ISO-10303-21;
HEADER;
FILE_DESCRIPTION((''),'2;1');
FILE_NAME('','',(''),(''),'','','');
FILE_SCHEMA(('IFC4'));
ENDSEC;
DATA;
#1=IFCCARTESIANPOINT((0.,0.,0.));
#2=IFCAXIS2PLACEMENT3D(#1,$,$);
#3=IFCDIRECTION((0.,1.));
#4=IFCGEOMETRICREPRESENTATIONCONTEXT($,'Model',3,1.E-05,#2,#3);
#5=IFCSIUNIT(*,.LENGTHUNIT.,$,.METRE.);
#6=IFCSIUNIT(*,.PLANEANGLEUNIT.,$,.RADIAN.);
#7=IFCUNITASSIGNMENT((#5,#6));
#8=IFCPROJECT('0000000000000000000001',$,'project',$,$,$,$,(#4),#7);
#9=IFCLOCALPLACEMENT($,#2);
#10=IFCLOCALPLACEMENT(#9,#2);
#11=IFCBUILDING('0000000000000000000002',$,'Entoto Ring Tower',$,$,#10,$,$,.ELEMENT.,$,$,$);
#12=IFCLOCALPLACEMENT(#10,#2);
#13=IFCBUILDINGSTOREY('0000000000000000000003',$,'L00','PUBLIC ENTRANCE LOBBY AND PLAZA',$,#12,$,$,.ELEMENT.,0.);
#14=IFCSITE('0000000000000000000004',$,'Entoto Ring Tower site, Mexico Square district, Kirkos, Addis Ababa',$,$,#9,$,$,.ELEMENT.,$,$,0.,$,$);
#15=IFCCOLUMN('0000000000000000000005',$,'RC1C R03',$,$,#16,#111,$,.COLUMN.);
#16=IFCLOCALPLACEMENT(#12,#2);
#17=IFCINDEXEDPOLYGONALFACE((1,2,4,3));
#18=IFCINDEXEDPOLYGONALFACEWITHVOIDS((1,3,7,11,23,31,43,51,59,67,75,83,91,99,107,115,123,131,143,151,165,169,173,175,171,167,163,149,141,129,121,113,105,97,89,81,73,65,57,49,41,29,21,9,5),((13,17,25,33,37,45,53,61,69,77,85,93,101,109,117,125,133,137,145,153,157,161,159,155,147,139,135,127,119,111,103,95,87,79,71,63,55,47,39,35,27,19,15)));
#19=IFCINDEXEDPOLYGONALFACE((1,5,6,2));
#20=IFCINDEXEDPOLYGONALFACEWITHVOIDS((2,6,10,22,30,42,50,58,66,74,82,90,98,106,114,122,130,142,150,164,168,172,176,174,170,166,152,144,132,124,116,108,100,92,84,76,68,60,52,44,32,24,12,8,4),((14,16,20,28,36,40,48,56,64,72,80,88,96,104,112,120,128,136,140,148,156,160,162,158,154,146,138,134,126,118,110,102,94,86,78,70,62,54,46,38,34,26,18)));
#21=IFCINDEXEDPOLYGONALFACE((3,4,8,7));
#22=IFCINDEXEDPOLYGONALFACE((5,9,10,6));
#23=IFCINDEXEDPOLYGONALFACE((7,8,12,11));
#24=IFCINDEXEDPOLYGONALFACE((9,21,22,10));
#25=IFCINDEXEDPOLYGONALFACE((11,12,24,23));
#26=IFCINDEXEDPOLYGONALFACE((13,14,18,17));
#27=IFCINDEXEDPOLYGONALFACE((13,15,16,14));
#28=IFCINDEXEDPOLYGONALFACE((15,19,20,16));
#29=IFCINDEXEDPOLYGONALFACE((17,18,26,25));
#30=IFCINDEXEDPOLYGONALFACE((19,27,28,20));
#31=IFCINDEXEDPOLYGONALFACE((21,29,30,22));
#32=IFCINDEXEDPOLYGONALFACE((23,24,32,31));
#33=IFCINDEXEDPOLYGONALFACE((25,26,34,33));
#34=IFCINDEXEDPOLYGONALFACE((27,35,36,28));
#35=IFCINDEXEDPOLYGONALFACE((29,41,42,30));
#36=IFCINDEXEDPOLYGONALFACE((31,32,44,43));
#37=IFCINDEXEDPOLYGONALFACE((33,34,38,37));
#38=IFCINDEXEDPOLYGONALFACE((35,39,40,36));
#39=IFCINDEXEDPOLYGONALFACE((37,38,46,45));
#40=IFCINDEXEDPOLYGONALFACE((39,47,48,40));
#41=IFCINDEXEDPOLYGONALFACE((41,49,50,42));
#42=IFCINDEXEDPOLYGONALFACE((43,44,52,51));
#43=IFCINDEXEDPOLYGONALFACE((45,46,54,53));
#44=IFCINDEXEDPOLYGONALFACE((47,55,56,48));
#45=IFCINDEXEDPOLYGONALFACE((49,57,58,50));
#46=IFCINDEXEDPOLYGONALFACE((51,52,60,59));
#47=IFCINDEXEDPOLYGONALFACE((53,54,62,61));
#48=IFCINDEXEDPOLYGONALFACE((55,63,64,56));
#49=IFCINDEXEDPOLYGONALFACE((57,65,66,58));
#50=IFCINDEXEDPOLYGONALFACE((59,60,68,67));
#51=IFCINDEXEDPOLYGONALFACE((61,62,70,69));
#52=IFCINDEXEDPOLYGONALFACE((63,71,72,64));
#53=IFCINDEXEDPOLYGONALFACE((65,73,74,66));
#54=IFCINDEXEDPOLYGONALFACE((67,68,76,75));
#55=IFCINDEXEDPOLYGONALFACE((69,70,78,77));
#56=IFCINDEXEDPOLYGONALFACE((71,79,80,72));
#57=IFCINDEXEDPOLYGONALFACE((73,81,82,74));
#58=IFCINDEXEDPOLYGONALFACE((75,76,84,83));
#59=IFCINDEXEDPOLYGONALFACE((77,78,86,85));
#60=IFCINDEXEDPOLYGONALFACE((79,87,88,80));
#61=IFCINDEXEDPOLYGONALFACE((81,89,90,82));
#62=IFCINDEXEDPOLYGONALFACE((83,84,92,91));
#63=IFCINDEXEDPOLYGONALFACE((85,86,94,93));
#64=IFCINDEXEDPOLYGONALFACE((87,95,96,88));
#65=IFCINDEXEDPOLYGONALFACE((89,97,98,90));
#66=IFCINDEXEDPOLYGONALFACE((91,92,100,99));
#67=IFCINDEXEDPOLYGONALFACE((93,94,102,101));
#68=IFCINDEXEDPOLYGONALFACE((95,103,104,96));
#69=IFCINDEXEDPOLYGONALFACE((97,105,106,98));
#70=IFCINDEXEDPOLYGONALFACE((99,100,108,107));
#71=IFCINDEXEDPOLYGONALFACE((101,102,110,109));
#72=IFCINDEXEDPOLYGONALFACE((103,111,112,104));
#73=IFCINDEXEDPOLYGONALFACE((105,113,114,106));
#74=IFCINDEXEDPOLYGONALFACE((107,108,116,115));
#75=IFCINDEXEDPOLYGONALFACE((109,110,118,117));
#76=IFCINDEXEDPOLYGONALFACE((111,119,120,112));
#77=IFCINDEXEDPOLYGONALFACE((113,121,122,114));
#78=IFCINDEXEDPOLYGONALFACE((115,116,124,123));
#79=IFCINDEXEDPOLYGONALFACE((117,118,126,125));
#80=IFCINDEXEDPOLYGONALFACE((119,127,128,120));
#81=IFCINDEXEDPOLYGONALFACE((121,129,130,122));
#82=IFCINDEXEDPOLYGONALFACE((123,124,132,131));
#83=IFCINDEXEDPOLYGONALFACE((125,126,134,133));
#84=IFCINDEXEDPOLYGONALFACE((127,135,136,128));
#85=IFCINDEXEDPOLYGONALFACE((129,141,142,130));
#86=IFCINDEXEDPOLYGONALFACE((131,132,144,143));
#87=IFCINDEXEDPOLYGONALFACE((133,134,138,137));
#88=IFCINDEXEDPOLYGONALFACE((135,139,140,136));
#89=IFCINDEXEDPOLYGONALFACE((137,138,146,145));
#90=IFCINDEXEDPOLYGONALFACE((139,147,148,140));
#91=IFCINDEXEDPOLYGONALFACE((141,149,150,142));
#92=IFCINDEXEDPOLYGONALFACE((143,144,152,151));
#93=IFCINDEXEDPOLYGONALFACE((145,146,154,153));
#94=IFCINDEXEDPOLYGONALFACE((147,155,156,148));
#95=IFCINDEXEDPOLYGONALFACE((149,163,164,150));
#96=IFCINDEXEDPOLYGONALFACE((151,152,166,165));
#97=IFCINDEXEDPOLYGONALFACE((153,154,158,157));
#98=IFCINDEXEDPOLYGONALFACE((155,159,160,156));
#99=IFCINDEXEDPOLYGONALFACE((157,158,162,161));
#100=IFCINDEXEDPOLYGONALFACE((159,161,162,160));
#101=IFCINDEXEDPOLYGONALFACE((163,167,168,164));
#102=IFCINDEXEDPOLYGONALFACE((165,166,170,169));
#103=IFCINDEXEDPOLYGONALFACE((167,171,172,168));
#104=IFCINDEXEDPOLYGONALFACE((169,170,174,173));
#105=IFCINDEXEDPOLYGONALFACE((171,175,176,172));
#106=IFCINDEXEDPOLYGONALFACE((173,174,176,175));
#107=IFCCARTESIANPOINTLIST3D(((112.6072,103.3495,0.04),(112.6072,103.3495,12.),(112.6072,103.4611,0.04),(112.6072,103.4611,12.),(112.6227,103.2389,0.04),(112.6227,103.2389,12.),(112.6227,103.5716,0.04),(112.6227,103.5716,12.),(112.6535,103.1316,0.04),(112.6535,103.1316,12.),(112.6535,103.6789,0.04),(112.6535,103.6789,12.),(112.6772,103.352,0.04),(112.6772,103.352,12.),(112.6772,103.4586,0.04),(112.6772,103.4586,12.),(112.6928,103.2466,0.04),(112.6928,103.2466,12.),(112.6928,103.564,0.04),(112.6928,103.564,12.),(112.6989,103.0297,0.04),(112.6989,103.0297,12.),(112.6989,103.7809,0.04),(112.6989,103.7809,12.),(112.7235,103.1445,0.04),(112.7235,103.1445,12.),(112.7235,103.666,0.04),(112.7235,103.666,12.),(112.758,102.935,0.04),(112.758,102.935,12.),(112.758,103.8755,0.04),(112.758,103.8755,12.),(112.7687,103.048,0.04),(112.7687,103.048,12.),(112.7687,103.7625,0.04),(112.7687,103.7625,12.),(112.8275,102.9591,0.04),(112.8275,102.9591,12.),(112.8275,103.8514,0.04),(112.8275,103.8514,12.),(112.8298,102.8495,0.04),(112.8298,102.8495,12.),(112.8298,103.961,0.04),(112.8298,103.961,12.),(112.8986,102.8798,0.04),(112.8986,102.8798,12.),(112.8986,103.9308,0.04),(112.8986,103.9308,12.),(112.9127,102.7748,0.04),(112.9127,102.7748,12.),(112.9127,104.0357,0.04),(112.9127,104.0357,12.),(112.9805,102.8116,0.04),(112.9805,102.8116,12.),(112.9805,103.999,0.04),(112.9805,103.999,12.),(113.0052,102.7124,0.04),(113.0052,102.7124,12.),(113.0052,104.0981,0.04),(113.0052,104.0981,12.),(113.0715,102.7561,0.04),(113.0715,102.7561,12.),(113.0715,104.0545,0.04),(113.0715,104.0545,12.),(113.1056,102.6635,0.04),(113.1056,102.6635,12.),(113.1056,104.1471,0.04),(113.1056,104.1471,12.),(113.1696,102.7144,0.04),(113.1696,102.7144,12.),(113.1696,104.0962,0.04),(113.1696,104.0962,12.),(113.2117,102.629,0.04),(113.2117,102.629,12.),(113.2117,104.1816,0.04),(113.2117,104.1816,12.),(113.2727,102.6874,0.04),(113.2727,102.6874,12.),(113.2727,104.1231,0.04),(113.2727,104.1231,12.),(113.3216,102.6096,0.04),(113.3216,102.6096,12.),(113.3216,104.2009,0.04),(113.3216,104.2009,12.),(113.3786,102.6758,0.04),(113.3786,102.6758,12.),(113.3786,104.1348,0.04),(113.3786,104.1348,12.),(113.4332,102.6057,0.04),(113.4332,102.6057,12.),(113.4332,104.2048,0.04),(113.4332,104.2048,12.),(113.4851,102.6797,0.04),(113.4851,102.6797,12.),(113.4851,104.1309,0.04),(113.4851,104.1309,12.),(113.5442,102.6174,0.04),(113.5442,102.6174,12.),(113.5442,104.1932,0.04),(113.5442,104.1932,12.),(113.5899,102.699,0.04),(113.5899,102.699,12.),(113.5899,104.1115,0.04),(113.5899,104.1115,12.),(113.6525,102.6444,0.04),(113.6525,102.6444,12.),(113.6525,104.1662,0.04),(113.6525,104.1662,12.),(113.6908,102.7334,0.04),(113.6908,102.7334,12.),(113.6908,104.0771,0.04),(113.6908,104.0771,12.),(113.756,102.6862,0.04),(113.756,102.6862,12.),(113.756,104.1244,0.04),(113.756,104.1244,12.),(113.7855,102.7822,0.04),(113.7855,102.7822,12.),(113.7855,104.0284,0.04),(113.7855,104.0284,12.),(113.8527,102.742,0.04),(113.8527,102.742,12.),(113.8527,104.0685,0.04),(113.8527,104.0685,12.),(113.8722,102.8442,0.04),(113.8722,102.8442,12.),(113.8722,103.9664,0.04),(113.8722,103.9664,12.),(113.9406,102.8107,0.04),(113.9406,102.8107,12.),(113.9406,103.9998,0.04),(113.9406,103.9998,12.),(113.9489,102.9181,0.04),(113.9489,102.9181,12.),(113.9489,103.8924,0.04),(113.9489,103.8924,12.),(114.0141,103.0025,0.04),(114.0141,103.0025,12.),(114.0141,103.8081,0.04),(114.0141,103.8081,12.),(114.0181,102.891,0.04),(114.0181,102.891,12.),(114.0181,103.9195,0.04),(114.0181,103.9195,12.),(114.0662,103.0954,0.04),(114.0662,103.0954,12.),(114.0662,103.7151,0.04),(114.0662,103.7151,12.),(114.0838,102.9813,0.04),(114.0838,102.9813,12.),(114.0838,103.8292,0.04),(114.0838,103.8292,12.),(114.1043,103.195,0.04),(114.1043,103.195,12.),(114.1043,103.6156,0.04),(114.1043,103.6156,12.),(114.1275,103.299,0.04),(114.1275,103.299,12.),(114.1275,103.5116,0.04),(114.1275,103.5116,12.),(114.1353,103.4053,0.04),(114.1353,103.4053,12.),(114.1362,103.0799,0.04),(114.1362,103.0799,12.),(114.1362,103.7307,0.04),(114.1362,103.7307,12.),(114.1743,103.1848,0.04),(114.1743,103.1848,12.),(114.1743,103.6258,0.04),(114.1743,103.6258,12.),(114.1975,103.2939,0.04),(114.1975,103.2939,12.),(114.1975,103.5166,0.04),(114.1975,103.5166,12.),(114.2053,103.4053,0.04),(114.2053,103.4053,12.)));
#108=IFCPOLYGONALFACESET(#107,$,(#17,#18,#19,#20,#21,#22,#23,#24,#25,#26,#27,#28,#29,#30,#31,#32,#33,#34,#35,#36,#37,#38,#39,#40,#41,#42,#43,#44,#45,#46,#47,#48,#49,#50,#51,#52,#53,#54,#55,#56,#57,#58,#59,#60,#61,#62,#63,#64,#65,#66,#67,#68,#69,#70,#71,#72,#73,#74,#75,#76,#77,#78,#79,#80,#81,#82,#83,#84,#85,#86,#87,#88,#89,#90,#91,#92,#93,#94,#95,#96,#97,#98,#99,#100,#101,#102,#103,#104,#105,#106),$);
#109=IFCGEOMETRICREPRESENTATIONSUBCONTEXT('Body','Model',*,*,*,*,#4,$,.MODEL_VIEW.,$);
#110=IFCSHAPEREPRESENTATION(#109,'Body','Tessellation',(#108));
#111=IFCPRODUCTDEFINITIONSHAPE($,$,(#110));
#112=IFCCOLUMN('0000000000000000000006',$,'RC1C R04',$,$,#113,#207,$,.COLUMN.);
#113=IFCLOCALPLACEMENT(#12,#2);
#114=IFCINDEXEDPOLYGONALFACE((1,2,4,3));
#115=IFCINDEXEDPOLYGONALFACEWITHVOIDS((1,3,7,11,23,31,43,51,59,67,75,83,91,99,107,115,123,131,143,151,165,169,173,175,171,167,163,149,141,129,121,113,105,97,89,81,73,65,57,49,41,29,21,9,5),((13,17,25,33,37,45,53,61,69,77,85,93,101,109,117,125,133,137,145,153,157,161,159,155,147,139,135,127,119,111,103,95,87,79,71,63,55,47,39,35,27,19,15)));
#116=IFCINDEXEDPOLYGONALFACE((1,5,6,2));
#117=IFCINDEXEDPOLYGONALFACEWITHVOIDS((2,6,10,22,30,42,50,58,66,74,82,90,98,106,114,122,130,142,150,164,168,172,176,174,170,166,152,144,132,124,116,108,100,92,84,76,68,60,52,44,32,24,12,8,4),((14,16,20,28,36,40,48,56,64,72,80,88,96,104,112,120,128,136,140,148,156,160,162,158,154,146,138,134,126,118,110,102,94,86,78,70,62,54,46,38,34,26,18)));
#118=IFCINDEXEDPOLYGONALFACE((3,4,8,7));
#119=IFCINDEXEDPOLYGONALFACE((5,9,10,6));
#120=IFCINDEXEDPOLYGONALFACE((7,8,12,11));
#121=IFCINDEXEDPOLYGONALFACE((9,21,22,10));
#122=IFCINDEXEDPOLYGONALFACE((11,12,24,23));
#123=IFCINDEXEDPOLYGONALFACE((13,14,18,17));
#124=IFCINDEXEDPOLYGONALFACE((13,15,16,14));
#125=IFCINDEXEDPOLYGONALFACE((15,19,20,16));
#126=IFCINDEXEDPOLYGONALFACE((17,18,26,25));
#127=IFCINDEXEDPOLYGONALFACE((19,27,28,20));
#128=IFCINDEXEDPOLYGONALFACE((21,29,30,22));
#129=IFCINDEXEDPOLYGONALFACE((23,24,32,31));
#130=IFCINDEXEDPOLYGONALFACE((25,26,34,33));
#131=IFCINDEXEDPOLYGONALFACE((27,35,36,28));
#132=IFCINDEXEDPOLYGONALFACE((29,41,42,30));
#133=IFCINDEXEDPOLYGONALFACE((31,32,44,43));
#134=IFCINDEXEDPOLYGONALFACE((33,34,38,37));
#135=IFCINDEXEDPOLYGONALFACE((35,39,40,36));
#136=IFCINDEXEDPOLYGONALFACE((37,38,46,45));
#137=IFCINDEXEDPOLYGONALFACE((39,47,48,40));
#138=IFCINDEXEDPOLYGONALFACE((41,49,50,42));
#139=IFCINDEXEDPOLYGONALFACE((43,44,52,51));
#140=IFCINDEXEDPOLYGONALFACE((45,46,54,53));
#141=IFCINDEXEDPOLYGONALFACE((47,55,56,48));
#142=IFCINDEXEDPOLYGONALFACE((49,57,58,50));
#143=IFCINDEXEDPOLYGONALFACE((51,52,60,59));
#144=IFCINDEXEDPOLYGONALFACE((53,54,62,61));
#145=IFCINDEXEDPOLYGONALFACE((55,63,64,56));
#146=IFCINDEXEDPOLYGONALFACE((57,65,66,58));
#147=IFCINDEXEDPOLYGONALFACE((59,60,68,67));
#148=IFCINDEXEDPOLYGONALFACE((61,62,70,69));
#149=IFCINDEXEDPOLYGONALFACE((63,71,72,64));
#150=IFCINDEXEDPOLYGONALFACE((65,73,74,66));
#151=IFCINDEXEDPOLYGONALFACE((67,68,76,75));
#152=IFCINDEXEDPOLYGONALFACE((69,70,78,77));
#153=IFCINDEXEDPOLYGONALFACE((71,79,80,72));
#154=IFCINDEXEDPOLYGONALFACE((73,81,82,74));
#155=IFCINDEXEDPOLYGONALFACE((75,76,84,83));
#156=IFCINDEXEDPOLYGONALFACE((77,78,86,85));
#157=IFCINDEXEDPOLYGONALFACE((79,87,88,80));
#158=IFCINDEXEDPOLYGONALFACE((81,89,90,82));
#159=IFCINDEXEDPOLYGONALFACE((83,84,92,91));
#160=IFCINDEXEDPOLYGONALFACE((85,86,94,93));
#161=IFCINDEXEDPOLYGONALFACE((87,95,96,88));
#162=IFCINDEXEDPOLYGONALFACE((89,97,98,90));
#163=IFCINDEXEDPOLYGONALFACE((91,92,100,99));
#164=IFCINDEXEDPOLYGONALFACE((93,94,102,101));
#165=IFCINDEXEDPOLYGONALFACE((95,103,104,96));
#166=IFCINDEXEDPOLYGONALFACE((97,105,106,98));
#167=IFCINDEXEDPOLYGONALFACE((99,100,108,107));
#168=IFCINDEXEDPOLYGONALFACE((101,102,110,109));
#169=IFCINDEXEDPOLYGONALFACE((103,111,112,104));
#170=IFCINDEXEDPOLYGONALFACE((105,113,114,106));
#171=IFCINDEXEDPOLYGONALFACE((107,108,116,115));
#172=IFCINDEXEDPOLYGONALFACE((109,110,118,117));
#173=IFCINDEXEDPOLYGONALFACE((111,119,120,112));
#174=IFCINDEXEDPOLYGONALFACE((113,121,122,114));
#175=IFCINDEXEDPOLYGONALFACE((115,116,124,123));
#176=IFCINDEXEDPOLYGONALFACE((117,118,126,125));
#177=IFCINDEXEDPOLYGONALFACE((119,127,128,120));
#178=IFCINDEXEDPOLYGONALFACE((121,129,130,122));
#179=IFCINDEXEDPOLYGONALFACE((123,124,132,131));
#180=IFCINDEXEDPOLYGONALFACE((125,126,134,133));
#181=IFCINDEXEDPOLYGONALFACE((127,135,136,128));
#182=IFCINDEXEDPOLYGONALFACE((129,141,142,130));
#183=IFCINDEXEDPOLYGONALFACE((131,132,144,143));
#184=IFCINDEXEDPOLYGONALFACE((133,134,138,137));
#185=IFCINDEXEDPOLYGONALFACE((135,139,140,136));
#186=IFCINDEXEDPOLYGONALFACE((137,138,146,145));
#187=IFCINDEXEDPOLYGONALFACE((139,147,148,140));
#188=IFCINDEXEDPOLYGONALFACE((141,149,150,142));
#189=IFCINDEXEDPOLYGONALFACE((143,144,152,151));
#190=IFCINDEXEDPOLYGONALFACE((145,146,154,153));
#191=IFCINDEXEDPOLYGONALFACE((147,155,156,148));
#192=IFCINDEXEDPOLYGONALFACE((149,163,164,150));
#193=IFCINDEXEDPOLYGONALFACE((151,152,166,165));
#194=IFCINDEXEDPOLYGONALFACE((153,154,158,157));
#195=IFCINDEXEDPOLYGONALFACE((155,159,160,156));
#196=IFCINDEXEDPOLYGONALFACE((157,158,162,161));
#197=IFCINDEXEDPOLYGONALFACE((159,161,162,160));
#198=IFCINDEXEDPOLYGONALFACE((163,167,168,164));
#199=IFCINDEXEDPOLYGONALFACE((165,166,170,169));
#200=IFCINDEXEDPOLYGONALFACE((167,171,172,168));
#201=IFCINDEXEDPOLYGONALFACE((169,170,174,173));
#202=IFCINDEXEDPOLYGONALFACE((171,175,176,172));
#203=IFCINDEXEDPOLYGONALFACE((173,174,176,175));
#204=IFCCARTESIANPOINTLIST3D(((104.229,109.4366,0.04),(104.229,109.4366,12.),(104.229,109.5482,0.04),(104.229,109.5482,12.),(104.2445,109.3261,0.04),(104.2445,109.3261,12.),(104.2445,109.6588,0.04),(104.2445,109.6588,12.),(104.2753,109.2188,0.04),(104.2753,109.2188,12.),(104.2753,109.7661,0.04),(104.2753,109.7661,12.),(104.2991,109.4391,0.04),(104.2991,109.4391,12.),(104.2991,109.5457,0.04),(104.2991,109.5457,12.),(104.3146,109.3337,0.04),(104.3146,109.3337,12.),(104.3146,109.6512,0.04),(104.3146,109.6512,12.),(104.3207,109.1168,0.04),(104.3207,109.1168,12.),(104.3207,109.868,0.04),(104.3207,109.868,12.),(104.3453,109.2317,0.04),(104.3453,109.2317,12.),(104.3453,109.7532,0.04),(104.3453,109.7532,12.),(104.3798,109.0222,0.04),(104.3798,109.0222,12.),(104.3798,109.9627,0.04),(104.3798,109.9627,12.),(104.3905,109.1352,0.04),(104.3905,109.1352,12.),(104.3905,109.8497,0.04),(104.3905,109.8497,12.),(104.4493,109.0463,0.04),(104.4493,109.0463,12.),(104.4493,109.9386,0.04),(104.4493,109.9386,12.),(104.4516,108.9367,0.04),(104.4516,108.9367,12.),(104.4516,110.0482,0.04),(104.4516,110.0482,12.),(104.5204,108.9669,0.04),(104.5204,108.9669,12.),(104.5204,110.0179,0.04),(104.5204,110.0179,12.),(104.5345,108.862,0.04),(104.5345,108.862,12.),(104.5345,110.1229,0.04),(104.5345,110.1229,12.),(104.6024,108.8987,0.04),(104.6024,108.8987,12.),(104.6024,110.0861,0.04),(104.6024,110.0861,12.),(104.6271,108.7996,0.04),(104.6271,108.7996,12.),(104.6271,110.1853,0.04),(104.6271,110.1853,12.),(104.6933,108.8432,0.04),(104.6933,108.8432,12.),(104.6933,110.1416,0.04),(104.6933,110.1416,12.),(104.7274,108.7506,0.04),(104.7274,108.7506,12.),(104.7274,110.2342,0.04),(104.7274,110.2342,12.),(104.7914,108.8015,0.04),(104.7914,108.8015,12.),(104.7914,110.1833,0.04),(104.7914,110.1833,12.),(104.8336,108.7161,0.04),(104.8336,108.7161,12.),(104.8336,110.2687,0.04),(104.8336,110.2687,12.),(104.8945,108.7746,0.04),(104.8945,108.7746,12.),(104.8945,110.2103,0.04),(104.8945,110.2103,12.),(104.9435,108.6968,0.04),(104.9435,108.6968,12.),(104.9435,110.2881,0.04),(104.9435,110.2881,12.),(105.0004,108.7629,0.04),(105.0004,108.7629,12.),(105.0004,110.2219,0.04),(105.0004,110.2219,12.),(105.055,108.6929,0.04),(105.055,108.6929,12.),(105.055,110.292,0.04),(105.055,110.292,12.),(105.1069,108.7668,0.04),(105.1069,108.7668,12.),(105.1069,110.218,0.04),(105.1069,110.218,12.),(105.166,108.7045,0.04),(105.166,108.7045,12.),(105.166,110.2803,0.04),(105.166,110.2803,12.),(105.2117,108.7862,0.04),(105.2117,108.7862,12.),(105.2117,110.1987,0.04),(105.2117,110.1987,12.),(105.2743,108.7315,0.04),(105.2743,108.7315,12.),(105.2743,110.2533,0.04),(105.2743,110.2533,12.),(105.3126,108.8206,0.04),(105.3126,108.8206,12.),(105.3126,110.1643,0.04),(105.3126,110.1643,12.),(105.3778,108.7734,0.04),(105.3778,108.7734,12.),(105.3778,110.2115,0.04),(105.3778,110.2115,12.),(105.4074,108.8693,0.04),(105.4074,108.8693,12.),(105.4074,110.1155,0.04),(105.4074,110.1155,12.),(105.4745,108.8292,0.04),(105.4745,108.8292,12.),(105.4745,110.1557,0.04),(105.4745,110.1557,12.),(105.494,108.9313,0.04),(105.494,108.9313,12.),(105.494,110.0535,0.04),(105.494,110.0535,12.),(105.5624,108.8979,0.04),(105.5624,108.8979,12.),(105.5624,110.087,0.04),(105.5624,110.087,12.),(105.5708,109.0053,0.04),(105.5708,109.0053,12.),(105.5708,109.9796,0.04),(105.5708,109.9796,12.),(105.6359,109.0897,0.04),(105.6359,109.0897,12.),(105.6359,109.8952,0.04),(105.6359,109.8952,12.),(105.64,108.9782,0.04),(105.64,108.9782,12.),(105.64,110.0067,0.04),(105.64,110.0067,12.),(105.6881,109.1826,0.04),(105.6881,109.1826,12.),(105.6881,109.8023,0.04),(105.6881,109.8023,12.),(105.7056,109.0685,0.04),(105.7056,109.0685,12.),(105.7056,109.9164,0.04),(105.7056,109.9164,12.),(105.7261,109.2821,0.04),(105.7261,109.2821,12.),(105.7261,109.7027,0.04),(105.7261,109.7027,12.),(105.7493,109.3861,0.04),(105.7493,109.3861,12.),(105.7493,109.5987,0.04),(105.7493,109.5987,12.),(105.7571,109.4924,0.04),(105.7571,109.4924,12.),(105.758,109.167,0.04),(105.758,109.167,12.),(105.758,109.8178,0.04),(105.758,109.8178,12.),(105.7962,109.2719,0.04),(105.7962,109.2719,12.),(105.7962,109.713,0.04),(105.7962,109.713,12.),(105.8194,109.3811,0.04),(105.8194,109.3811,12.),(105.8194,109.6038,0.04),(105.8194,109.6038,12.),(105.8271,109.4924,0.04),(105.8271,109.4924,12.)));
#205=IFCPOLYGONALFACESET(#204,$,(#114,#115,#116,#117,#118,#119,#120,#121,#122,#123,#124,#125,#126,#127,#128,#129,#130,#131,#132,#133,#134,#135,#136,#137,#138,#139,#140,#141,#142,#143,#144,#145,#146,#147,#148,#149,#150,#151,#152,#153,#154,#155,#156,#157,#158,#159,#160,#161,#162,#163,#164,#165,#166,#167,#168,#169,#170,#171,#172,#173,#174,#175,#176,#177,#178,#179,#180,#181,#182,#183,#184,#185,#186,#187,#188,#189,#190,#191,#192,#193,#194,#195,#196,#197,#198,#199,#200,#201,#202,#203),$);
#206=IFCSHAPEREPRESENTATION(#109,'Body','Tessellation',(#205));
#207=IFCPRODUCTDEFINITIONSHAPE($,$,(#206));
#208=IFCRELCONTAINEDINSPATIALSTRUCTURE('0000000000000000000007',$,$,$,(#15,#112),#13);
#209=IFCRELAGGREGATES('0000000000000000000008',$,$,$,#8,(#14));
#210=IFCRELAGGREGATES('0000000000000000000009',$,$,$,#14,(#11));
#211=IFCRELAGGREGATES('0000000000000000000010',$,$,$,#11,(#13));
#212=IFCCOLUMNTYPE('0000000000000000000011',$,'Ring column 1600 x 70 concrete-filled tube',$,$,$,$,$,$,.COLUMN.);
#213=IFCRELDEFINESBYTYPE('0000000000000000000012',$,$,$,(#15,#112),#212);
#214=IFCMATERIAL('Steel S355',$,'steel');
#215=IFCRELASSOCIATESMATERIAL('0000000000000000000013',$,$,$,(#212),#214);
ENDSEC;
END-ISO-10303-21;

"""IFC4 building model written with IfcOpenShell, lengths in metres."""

from ifc_helpers import new_model, si_unit, direction, frame, origin, origin_2d, place, context, subcontext, project, spatial, circle, hollow_circle, extrude, material, material_profile, profile_set, type_object, element, save


model = new_model("IFC4")

# Units and contexts
model_context = context("Model", 3, precision=1e-05, world=origin(), true_north=direction((0.0, 1.0)))
body_context = subcontext(model_context, "Body", "Model", "MODEL_VIEW")
ifc_project = project(units=[si_unit("LENGTHUNIT", "METRE"), si_unit("PLANEANGLEUNIT", "RADIAN")], contexts=[model_context])

# Site, building, storey
site_placement = place(None, origin())
site = spatial("IfcSite", under=ifc_project, at=site_placement, Name="Entoto Ring Tower site, Mexico Square district, Kirkos, Addis Ababa", CompositionType="ELEMENT", RefElevation=0.0)
building_placement = place(site_placement, origin())
building = spatial("IfcBuilding", under=site, at=building_placement, Name="Entoto Ring Tower", CompositionType="ELEMENT")
storey_placement = place(building_placement, origin())
storey = spatial("IfcBuildingStorey", under=building, at=storey_placement, Name="L00", Description="PUBLIC ENTRANCE LOBBY AND PLAZA", CompositionType="ELEMENT", Elevation=0.0)

# Columns
ifc_material_1 = material(Name="Steel S355", Category="steel")
ifc_material_profile_1 = material_profile(ifc_material_1, hollow_circle(Radius=0.8, WallThickness=0.0701, at=origin_2d()), Name="CHS 1600 x 70")
ifc_material_2 = material(Name="Concrete C60/75", Category="concrete")
ifc_material_profile_2 = material_profile(ifc_material_2, circle(Radius=0.73, at=origin_2d()), Name="Concrete C60/75 infill")
ifc_profile_set_1 = profile_set([ifc_material_profile_1, ifc_material_profile_2], Name="Steel S355")
column_type_1 = type_object("IfcColumnType", Name="Ring column 1600 x 70 concrete-filled tube", PredefinedType="COLUMN", material=ifc_profile_set_1)
for number, where, z_axis, x_axis, name in (
    (1, (113.4053, 103.4053, 0.04), (0.0, 0.0, 1.0), (1.0, 0.0, 0.0), "RC1C R03"),
    (2, (105.0271, 109.4924, 0.04), (0.0, 0.0, 1.0), (1.0, 0.0, 0.0), "RC1C R04"),
):
    element("IfcColumn", number, at=place(storey_placement, frame(where, z_axis=z_axis, x_axis=x_axis)), inside=storey, type_object=column_type_1, Name=name, PredefinedType="COLUMN", context=body_context, shape_type="SweptSolid", body=[
        extrude(hollow_circle(Radius=0.8, WallThickness=0.0701, at=origin_2d()), origin(), (0.0, 0.0, 1.0), 11.96),
    ])

save(model, "model.ifc")
